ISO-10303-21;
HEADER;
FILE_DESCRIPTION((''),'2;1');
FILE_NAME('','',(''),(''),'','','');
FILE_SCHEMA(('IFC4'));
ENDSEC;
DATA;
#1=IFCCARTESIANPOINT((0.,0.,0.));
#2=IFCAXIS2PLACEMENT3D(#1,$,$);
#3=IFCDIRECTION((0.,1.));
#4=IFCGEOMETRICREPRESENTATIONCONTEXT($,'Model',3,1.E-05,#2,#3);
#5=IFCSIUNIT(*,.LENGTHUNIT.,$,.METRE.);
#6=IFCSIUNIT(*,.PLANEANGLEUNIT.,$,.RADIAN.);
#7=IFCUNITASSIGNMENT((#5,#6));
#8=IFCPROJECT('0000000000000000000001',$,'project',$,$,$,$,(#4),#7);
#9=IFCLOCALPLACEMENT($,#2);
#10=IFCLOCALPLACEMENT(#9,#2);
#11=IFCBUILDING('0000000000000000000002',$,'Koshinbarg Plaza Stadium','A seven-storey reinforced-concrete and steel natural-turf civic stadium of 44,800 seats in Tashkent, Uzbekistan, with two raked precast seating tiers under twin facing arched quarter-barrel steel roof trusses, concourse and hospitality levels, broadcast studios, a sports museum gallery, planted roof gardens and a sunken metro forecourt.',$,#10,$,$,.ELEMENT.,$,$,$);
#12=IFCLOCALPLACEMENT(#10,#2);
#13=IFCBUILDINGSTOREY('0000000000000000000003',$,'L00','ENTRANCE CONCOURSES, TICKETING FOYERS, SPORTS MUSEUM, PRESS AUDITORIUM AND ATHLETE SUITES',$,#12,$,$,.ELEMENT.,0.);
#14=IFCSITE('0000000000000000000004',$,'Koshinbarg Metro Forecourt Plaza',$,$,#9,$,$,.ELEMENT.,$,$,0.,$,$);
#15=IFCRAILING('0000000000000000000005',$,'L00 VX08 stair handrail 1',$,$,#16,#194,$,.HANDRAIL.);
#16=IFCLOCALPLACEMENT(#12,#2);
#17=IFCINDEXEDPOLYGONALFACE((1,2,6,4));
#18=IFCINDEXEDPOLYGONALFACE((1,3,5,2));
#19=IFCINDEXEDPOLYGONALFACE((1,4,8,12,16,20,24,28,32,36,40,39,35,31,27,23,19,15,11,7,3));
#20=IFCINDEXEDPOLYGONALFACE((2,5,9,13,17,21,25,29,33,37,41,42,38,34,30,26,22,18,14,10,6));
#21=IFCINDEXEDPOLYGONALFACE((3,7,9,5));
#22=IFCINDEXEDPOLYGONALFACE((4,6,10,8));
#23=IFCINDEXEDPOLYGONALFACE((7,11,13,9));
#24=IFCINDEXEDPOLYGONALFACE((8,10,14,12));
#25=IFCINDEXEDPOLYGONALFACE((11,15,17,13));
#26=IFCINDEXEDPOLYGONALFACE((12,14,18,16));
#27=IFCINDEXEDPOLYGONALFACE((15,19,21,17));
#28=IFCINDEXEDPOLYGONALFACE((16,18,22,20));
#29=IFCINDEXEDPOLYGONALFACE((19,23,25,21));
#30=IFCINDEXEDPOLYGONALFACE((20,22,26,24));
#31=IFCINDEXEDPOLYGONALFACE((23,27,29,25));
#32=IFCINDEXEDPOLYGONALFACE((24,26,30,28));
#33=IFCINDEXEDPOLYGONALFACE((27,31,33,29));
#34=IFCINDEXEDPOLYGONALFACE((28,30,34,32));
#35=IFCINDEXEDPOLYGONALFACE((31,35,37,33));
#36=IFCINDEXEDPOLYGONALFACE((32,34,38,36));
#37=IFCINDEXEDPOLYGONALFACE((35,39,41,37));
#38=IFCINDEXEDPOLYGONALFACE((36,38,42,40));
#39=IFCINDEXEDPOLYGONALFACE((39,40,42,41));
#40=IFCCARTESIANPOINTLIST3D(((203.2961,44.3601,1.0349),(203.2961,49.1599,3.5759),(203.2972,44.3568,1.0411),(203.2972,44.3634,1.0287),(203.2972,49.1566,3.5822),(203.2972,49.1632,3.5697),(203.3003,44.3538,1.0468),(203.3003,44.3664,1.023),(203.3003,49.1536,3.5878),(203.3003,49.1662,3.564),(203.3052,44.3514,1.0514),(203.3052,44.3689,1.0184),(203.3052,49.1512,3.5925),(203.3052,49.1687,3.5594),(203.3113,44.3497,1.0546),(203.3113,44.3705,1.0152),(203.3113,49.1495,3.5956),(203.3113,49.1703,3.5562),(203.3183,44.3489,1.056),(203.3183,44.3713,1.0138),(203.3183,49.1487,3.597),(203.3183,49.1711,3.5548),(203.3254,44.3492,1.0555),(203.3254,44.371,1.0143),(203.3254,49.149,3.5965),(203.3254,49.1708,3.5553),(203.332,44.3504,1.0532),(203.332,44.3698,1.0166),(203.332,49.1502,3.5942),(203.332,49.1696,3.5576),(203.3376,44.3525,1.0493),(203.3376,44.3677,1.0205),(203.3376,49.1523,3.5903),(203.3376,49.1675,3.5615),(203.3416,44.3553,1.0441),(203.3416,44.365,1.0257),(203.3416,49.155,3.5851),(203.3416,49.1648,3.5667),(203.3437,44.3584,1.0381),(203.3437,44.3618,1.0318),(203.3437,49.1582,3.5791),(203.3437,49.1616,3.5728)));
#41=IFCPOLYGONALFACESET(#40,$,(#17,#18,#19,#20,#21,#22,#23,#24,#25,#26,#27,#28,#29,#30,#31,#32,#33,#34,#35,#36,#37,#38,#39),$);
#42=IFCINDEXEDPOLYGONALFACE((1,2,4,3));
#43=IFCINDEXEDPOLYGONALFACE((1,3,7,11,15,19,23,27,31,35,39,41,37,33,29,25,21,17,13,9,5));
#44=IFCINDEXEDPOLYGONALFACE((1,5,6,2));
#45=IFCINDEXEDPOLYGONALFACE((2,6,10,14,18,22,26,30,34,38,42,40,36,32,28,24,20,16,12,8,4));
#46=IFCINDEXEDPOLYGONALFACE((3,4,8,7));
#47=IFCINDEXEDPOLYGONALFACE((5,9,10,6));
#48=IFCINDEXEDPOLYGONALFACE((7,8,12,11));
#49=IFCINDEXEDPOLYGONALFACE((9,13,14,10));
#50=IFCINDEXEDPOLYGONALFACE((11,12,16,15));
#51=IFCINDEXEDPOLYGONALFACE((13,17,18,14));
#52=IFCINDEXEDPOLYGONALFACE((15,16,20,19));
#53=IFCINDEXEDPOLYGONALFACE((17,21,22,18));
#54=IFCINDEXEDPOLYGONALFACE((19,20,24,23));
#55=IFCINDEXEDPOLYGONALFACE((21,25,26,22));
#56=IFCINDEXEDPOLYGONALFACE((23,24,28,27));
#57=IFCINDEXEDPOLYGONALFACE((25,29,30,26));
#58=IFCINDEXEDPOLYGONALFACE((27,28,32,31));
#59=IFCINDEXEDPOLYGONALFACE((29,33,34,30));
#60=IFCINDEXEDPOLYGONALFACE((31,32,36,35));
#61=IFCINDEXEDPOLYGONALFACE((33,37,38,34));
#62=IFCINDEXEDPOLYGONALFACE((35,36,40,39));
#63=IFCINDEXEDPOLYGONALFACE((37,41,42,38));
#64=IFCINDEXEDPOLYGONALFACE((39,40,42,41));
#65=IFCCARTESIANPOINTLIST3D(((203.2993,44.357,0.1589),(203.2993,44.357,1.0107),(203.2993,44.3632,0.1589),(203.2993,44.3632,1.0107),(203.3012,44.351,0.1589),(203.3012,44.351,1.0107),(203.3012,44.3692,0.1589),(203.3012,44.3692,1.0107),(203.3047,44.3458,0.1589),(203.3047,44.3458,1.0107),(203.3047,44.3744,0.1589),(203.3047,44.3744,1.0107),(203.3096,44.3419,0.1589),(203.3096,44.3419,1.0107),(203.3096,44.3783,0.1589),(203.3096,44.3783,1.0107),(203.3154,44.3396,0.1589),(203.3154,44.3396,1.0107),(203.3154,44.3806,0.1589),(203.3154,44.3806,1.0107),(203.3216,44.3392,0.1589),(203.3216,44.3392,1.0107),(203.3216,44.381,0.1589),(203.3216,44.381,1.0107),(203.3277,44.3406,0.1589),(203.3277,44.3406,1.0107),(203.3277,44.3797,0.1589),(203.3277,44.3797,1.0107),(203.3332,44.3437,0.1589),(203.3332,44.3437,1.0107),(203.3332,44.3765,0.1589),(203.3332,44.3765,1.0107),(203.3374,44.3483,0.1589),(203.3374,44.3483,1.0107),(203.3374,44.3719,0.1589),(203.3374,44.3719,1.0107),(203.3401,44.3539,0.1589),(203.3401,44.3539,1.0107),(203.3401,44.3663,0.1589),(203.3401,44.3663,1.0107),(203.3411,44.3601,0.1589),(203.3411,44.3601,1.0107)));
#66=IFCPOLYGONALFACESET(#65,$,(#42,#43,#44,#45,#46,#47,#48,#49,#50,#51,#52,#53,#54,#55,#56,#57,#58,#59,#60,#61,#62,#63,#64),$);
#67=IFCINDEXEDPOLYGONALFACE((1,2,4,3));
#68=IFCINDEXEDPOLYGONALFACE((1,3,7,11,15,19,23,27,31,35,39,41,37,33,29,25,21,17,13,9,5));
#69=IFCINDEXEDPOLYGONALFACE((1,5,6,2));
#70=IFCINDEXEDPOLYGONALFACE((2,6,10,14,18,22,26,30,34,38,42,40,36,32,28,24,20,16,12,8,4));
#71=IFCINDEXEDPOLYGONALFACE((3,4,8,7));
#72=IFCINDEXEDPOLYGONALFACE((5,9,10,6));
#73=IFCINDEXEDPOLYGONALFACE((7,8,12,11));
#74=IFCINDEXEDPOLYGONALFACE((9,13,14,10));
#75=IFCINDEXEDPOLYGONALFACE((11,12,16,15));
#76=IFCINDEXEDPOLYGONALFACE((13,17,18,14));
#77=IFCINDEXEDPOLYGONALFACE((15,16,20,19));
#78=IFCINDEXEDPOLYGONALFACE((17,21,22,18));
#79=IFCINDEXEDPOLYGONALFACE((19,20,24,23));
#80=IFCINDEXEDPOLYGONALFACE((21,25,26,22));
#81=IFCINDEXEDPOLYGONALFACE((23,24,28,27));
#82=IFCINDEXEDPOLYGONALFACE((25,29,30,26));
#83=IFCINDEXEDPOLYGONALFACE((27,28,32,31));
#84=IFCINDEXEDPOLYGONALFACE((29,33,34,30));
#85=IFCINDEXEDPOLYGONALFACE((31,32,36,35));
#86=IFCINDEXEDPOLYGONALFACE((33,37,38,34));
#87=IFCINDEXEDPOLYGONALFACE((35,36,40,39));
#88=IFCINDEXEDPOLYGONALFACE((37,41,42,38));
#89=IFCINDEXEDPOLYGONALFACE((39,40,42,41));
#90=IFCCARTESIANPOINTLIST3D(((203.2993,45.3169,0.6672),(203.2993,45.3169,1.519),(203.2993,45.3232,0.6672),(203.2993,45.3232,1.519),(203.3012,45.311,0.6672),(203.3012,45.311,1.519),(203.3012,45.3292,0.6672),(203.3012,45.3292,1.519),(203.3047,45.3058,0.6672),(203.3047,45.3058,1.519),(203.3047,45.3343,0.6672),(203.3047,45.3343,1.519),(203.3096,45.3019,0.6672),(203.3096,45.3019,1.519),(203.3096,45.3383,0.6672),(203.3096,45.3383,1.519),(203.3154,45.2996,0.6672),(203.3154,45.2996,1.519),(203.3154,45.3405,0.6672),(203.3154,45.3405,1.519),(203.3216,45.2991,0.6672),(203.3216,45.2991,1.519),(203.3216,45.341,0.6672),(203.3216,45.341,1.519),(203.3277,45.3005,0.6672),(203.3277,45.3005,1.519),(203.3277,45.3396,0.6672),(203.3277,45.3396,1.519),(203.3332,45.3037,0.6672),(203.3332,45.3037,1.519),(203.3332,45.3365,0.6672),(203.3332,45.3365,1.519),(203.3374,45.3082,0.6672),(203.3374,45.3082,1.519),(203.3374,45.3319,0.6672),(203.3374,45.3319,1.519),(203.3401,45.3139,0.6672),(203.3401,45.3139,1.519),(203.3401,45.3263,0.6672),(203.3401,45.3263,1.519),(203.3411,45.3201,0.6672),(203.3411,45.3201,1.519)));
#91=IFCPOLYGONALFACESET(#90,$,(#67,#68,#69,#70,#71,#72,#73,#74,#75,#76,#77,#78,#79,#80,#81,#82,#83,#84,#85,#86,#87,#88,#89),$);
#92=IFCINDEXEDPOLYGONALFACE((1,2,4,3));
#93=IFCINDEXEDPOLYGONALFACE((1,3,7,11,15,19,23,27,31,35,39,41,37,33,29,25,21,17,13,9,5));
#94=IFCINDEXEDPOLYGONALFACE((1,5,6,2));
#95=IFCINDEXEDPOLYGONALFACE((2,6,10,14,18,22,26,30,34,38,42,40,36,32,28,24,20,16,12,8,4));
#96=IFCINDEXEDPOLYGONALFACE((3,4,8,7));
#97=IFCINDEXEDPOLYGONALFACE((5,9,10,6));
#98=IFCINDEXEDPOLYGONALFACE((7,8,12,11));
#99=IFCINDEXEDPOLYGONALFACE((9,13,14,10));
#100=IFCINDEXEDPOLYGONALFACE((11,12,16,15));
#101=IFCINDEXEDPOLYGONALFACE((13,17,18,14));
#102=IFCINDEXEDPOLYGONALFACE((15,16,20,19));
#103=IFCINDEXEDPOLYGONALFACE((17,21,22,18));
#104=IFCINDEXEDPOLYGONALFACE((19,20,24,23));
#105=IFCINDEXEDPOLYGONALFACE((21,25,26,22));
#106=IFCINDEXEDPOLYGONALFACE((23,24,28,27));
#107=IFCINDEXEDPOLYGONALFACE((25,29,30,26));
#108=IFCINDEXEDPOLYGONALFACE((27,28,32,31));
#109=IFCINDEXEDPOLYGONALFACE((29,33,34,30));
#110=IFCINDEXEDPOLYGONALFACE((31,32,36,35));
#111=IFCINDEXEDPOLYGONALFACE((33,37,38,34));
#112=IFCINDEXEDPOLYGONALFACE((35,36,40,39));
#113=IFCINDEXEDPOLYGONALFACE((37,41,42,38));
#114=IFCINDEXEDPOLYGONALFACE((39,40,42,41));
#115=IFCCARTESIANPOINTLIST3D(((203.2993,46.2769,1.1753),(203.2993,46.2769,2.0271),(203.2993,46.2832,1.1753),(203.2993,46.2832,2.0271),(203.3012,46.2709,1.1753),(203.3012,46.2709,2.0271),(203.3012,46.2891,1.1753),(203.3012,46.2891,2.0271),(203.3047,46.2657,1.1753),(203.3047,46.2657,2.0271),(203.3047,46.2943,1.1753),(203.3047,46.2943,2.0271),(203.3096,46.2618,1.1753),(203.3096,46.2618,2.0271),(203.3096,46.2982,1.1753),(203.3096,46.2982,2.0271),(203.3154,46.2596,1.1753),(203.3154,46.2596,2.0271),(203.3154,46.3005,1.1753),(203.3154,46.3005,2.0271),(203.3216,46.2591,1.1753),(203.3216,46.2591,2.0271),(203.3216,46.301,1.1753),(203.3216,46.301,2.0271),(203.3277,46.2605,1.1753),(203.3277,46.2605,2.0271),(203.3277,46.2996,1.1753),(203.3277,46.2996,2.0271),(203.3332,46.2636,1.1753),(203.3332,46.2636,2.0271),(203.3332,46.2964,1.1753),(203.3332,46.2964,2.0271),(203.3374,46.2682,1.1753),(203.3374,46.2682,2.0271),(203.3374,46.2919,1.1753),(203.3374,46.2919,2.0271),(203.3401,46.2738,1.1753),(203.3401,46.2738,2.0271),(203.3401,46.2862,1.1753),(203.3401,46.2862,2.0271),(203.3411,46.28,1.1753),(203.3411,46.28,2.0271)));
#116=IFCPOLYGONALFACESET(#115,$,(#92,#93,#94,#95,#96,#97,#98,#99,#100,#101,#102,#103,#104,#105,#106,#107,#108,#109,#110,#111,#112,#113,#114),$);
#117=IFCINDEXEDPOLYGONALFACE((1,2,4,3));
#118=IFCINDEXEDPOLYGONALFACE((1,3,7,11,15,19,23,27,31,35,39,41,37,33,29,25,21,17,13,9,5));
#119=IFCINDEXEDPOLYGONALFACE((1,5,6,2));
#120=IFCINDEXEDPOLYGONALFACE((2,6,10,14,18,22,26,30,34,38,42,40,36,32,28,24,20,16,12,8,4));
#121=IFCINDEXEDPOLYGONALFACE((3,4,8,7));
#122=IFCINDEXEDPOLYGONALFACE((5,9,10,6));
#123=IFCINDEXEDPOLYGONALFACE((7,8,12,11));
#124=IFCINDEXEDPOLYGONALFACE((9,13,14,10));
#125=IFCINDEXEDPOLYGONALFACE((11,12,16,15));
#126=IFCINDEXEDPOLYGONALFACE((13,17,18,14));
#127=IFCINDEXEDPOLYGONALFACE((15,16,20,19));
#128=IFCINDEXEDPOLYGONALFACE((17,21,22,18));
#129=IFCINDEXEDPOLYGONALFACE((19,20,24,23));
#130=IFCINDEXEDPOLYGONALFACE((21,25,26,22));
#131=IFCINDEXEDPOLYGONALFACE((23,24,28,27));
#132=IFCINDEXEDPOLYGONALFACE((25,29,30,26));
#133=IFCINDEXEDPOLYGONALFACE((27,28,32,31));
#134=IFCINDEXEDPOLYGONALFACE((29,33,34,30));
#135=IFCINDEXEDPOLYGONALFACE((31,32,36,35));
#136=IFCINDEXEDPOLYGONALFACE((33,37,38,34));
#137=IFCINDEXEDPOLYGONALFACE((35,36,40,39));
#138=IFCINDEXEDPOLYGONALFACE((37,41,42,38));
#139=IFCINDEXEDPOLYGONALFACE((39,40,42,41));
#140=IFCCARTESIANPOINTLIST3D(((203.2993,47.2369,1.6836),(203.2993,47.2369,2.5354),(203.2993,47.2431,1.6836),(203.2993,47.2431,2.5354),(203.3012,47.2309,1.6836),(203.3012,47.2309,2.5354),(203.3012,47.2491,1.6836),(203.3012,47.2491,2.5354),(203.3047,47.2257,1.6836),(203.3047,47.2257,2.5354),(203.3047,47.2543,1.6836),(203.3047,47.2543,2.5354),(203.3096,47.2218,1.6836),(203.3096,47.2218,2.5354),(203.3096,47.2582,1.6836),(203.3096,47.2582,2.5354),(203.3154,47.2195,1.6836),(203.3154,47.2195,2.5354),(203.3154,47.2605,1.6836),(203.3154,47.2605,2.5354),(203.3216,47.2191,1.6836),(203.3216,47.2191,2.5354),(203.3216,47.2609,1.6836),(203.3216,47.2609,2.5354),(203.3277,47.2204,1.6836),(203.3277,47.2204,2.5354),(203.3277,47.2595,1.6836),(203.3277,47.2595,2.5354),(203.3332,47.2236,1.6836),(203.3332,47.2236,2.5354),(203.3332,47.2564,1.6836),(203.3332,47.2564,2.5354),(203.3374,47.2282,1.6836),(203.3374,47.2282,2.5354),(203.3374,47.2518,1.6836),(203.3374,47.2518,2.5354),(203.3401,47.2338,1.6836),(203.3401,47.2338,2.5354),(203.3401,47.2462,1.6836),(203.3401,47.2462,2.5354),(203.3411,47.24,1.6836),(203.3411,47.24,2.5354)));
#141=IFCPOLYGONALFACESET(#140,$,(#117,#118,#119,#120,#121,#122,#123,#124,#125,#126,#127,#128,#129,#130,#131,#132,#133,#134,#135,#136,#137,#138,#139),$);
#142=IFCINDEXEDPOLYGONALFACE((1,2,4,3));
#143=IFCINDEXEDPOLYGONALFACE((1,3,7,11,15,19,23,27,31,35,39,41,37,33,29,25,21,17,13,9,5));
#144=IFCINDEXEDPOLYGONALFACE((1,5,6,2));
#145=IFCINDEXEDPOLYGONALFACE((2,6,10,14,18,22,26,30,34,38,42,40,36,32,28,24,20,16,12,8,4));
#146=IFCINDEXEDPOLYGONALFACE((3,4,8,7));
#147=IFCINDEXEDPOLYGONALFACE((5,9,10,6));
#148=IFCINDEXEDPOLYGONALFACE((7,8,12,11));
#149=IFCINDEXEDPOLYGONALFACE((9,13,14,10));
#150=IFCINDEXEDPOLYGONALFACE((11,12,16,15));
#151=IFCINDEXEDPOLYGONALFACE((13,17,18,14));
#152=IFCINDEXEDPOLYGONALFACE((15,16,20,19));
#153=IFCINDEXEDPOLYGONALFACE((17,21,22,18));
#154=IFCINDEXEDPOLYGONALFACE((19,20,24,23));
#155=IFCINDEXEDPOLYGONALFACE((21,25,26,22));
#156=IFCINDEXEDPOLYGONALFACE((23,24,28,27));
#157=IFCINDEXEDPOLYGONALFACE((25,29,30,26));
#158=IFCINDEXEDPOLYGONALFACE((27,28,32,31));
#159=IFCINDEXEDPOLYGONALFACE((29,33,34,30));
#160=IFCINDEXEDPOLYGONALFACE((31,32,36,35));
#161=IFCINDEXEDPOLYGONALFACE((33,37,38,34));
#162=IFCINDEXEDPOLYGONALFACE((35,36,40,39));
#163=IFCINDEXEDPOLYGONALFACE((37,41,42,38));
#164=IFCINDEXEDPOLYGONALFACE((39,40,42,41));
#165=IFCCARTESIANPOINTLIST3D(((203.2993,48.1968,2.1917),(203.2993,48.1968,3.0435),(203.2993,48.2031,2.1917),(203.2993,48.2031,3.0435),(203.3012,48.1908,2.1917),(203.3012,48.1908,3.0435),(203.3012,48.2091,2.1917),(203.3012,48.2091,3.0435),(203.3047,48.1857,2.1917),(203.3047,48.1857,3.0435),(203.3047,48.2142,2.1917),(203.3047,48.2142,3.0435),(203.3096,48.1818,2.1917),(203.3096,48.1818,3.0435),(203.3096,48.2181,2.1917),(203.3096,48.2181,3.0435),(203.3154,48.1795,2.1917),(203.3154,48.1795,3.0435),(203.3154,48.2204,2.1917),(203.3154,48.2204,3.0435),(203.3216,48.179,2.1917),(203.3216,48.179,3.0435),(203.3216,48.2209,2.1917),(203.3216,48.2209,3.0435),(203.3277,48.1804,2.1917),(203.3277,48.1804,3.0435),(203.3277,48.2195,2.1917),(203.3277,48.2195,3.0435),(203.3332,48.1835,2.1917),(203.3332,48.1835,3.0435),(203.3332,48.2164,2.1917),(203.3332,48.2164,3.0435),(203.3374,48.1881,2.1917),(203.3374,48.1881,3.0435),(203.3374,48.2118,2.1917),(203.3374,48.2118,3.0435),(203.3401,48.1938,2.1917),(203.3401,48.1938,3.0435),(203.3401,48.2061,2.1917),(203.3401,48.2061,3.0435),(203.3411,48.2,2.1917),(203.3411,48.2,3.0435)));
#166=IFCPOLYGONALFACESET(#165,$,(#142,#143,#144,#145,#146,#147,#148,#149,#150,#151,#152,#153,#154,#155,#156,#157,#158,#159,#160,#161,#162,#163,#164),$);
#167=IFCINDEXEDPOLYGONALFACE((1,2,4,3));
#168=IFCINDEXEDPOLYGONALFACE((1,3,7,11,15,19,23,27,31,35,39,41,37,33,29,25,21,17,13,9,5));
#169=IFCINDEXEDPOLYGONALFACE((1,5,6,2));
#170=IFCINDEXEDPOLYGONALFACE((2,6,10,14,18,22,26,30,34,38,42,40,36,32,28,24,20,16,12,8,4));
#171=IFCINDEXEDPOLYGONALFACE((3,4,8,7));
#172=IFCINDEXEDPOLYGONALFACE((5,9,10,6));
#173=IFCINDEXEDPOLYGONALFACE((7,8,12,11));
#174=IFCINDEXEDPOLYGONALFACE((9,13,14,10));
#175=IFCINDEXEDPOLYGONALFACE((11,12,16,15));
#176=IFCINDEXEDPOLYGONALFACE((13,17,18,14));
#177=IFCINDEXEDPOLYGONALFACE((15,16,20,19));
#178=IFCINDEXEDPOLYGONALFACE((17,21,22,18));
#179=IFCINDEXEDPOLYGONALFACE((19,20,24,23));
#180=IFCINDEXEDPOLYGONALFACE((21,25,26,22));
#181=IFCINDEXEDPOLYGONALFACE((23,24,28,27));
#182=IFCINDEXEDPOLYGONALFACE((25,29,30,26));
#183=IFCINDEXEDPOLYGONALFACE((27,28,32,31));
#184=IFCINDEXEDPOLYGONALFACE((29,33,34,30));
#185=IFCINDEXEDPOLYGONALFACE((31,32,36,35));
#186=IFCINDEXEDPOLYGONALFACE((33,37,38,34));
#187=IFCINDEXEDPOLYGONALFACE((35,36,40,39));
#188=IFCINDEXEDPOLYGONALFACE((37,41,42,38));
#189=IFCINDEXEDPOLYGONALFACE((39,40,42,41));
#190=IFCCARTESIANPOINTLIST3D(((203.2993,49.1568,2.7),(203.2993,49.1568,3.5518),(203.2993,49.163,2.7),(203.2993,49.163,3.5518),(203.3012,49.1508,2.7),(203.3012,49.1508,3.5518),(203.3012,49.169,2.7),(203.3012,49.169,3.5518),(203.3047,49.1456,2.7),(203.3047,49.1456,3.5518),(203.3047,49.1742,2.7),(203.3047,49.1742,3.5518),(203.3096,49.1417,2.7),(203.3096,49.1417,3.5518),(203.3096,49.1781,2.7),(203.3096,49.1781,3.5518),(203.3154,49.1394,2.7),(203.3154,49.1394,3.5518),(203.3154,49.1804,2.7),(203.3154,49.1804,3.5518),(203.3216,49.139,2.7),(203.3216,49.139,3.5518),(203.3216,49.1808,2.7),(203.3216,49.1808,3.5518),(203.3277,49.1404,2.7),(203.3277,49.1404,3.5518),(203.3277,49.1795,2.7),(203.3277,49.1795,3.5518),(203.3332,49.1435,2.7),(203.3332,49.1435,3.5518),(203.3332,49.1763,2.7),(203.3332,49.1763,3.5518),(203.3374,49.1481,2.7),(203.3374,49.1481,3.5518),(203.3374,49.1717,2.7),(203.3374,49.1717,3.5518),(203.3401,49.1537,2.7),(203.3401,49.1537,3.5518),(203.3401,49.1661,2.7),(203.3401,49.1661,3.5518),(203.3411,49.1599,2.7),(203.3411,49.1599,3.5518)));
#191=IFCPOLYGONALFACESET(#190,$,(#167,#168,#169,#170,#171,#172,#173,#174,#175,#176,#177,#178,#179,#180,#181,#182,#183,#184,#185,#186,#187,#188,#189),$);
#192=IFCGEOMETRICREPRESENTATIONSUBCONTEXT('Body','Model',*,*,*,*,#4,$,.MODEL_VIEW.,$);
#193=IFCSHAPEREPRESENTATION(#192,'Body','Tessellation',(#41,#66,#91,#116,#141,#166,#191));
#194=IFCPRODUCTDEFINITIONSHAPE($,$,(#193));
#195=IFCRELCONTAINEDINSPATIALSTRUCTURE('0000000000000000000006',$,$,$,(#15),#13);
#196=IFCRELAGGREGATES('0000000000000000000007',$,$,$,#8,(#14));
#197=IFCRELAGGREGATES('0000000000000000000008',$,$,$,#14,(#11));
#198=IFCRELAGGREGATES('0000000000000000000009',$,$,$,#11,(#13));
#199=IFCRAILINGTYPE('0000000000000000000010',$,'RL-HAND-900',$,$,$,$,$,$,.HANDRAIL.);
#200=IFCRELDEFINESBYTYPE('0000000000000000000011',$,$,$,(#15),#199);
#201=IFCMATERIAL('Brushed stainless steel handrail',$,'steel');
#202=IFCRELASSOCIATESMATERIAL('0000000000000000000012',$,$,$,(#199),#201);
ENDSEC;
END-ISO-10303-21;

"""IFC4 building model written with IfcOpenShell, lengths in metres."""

from ifc_helpers import new_model, si_unit, direction, frame, origin, origin_2d, place, context, subcontext, project, spatial, circle, extrude, material, type_object, element, save


model = new_model("IFC4")

# Units and contexts
model_context = context("Model", 3, precision=1e-05, world=origin(), true_north=direction((0.0, 1.0)))
body_context = subcontext(model_context, "Body", "Model", "MODEL_VIEW")
ifc_project = project(units=[si_unit("LENGTHUNIT", "METRE"), si_unit("PLANEANGLEUNIT", "RADIAN")], contexts=[model_context])

# Site, building, storey
site_placement = place(None, origin())
site = spatial("IfcSite", under=ifc_project, at=site_placement, Name="Koshinbarg Metro Forecourt Plaza", CompositionType="ELEMENT", RefElevation=0.0)
building_placement = place(site_placement, origin())
building = spatial("IfcBuilding", under=site, at=building_placement, Name="Koshinbarg Plaza Stadium", Description="A seven-storey reinforced-concrete and steel natural-turf civic stadium of 44,800 seats in Tashkent, Uzbekistan, with two raked precast seating tiers under twin facing arched quarter-barrel steel roof trusses, concourse and hospitality levels, broadcast studios, a sports museum gallery, planted roof gardens and a sunken metro forecourt.", CompositionType="ELEMENT")
storey_placement = place(building_placement, origin())
storey = spatial("IfcBuildingStorey", under=building, at=storey_placement, Name="L00", Description="ENTRANCE CONCOURSES, TICKETING FOYERS, SPORTS MUSEUM, PRESS AUDITORIUM AND ATHLETE SUITES", CompositionType="ELEMENT", Elevation=0.0)

# Railing
ifc_material_1 = material(Name="Brushed stainless steel handrail", Category="steel")
railing_type_1 = type_object("IfcRailingType", Name="RL-HAND-900", PredefinedType="HANDRAIL", material=ifc_material_1)
railing_1_placement = place(storey_placement, frame((203.3201, 44.3601, 0.1589)))
element("IfcRailing", 1, at=railing_1_placement, inside=storey, type_object=railing_type_1, Name="L00 VX08 stair handrail 1", PredefinedType="HANDRAIL", context=body_context, shape_type="SweptSolid", body=[
    extrude(circle(Radius=0.0239, at=origin_2d()), frame((0.0, 0.0, 0.876), z_axis=(0.0, 0.883792, 0.467879), x_axis=(-1.0, 0.0, 0.0)), (0.0, 0.0, 1.0), 5.4309),
    extrude(circle(Radius=0.021, at=origin_2d()), origin(), (0.0, 0.0, 1.0), 0.8518),
    extrude(circle(Radius=0.021, at=origin_2d()), frame((0.0, 0.96, 0.5083)), (0.0, 0.0, 1.0), 0.8518),
    extrude(circle(Radius=0.021, at=origin_2d()), frame((0.0, 1.9199, 1.0164)), (0.0, 0.0, 1.0), 0.8518),
    extrude(circle(Radius=0.021, at=origin_2d()), frame((0.0, 2.8799, 1.5247)), (0.0, 0.0, 1.0), 0.8518),
    extrude(circle(Radius=0.021, at=origin_2d()), frame((0.0, 3.8398, 2.0327)), (0.0, 0.0, 1.0), 0.8518),
    extrude(circle(Radius=0.021, at=origin_2d()), frame((0.0, 4.7998, 2.541)), (0.0, 0.0, 1.0), 0.8518),
])

save(model, "model.ifc")
